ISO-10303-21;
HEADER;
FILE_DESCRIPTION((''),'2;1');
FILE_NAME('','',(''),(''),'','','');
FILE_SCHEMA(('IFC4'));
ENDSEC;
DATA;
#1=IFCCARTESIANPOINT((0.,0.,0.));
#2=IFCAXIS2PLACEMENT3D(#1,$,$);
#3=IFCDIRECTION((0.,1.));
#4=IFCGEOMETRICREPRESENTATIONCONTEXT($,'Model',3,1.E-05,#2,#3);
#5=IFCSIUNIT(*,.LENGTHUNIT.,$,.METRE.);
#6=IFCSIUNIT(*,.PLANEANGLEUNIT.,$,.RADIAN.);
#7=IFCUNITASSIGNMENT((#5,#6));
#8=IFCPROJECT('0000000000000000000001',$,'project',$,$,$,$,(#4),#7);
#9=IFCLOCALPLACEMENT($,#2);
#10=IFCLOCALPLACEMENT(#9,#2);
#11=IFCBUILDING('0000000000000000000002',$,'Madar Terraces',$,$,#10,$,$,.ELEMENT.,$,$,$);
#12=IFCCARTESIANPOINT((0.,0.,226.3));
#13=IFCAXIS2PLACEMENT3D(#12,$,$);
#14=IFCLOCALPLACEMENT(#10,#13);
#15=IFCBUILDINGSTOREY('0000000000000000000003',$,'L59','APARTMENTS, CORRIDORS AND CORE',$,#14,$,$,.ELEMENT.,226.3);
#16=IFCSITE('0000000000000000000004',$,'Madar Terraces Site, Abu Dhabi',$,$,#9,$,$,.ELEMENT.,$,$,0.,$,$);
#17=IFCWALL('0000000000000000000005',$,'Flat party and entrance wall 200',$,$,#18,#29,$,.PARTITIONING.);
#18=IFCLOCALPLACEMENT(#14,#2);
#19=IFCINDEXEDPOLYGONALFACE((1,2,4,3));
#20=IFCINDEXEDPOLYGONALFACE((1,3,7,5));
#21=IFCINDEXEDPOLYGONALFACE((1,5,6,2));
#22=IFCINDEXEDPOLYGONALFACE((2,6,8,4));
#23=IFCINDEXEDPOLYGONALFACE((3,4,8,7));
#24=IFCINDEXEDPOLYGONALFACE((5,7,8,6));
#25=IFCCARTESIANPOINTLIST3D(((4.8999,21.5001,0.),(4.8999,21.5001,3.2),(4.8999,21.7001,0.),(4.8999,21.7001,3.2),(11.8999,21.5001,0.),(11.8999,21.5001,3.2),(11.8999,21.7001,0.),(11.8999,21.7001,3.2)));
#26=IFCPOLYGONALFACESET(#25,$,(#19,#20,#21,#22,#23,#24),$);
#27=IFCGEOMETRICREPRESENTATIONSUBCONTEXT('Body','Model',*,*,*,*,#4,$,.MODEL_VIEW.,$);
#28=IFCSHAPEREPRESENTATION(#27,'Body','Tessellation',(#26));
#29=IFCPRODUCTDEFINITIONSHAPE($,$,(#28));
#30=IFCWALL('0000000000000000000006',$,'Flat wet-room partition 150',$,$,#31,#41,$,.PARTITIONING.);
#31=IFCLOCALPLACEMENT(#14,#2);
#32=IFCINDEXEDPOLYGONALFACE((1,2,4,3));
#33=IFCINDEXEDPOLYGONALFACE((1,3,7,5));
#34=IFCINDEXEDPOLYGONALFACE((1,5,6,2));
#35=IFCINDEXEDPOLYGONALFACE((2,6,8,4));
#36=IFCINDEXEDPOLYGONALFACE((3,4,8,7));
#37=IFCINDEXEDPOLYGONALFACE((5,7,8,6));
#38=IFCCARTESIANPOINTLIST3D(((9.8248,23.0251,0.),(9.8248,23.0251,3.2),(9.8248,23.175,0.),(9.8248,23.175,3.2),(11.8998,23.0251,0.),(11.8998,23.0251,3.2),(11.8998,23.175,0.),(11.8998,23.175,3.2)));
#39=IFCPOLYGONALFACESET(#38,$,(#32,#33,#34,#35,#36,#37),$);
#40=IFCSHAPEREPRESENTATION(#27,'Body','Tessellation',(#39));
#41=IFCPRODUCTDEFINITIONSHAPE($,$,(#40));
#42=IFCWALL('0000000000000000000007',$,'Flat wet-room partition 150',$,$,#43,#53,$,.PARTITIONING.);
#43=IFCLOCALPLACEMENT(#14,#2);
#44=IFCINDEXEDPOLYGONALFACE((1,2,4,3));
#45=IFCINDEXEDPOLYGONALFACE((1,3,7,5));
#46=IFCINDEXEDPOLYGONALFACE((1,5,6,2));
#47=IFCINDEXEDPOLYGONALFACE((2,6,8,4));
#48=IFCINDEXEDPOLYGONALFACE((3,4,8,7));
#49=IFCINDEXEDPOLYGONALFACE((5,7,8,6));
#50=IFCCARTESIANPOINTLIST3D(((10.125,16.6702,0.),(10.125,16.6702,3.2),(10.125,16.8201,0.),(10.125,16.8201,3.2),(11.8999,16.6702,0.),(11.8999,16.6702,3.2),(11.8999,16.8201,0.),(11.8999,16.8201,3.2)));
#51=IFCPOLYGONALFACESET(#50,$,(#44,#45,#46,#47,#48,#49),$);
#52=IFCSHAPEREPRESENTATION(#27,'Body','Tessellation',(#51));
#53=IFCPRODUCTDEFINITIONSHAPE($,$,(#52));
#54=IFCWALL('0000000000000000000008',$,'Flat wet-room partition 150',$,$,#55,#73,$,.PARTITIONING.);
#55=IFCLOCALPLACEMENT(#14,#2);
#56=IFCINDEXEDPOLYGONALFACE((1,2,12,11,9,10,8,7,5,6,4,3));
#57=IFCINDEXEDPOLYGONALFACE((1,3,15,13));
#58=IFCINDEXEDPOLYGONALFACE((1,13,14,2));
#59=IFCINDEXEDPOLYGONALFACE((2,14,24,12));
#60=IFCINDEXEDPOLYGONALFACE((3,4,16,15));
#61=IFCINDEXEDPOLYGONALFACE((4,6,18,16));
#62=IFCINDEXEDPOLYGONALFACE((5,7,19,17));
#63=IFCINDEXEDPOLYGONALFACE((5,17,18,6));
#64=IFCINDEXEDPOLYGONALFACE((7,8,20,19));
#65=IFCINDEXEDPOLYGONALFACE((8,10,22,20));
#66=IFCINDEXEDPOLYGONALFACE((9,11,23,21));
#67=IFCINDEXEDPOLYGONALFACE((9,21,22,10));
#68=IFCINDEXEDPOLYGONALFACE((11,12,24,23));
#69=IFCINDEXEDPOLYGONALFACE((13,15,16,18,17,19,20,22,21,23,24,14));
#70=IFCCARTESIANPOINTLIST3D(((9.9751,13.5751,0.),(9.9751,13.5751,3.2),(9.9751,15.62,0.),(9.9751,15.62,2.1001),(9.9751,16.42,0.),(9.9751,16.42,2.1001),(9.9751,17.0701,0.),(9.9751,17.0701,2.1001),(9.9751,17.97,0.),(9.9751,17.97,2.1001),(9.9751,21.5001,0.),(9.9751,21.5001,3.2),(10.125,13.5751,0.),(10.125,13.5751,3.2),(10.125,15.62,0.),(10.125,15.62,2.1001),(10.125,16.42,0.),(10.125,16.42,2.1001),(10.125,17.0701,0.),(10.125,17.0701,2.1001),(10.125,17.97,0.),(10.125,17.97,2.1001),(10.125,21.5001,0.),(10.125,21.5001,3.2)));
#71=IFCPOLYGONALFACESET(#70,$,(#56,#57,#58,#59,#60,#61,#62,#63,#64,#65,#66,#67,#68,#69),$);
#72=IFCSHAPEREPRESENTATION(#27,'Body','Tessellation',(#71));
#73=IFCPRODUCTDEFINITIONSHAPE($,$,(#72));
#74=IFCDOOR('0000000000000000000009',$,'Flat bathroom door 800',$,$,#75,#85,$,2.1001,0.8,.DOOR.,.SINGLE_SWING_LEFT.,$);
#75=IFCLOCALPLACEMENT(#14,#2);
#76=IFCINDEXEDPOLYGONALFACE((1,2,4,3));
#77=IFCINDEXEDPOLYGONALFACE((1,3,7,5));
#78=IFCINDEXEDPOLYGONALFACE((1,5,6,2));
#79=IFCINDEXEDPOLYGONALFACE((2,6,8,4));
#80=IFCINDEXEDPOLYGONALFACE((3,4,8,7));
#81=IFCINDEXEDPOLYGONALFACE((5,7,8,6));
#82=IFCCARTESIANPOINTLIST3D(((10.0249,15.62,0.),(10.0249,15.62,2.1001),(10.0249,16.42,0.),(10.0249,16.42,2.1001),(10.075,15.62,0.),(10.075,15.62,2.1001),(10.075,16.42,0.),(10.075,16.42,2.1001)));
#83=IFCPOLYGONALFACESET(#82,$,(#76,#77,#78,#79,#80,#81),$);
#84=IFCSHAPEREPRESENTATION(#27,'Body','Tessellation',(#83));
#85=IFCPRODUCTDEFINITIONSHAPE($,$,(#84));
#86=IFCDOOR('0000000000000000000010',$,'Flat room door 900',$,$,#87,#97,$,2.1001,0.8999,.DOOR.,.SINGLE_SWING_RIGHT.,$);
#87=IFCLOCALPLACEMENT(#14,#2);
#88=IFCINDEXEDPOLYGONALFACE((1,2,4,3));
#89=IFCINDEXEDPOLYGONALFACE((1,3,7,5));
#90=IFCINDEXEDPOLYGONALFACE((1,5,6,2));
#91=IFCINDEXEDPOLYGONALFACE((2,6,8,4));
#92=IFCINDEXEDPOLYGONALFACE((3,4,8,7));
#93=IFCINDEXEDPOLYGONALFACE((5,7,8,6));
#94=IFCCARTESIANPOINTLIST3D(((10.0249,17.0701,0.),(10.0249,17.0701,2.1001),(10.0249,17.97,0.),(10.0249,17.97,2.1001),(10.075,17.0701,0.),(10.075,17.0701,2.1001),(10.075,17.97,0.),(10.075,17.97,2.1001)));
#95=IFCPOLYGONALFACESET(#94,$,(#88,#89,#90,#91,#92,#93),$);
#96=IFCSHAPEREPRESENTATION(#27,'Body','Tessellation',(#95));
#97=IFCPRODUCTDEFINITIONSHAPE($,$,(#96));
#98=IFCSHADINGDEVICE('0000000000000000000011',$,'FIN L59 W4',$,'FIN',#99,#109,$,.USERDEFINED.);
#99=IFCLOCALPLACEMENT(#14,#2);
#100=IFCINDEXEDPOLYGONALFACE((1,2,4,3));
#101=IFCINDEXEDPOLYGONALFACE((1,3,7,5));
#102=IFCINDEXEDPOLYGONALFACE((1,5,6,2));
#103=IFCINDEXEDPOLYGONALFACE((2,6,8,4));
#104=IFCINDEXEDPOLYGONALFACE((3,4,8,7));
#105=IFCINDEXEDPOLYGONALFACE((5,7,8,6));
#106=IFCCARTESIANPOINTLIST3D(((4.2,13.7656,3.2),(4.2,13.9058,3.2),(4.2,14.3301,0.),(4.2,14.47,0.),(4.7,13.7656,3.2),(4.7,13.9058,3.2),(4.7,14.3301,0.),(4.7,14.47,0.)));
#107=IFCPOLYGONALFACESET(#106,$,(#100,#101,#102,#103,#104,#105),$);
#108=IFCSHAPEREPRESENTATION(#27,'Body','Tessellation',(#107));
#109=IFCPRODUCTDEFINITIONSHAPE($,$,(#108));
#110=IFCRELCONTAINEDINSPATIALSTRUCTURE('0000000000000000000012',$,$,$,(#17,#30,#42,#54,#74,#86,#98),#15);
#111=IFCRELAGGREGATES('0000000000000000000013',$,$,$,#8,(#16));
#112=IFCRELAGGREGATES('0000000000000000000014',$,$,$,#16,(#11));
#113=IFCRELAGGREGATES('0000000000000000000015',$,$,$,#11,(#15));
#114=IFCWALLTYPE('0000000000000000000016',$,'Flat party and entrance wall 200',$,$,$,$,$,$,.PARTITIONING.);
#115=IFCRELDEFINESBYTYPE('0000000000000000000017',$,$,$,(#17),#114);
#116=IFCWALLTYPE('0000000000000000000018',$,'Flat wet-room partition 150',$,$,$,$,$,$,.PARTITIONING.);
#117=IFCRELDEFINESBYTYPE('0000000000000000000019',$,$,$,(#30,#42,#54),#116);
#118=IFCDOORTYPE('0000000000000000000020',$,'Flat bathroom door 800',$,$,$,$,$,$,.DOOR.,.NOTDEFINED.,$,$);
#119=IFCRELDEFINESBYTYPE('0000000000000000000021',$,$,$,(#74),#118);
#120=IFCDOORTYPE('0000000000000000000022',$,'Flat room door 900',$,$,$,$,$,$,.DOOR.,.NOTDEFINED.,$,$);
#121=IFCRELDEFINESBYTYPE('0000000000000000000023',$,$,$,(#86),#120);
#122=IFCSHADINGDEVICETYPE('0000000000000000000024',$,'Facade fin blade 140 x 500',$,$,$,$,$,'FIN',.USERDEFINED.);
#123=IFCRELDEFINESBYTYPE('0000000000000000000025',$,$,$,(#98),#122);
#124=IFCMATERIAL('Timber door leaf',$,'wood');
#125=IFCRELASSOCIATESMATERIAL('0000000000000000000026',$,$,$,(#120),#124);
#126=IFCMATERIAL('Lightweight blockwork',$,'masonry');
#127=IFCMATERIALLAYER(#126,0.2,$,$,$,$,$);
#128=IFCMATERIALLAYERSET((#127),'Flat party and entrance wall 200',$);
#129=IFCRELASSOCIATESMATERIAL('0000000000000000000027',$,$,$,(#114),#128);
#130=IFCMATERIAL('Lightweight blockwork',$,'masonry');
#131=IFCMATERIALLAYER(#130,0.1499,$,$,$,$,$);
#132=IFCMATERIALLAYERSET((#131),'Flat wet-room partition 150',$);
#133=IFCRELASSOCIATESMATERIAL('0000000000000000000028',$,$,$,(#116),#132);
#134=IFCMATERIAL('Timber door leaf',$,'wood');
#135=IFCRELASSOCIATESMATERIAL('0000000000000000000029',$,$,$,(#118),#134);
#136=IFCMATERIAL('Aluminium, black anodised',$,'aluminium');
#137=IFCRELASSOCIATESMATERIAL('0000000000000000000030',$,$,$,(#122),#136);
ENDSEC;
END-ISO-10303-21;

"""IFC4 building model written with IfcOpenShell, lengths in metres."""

from ifc_helpers import new_model, si_unit, direction, frame, frame_2d, origin, place, context, subcontext, project, spatial, polyline, rectangle, outline, extrude, material, layer, layer_set, type_object, element, fill, save


model = new_model("IFC4")

# Units and contexts
model_context = context("Model", 3, precision=1e-05, world=origin(), true_north=direction((0.0, 1.0)))
body_context = subcontext(model_context, "Body", "Model", "MODEL_VIEW")
ifc_project = project(units=[si_unit("LENGTHUNIT", "METRE"), si_unit("PLANEANGLEUNIT", "RADIAN")], contexts=[model_context])

# Site, building, storey
site_placement = place(None, origin())
site = spatial("IfcSite", under=ifc_project, at=site_placement, Name="Madar Terraces Site, Abu Dhabi", CompositionType="ELEMENT", RefElevation=0.0)
building_placement = place(site_placement, origin())
building = spatial("IfcBuilding", under=site, at=building_placement, Name="Madar Terraces", CompositionType="ELEMENT")
storey_placement = place(building_placement, frame((0.0, 0.0, 226.3)))
storey = spatial("IfcBuildingStorey", under=building, at=storey_placement, Name="L59", Description="APARTMENTS, CORRIDORS AND CORE", CompositionType="ELEMENT", Elevation=226.3)

# Shared definitions
ifc_material_1 = material(Name="Timber door leaf", Category="wood")
door_type_1 = type_object("IfcDoorType", Name="Flat room door 900", OperationType="NOTDEFINED", PredefinedType="DOOR", material=ifc_material_1)

# Walls
ifc_material_2 = material(Name="Lightweight blockwork", Category="masonry")
ifc_layer_1 = layer(ifc_material_2, 0.2)
ifc_layer_set_1 = layer_set([ifc_layer_1], Name="Flat party and entrance wall 200")
wall_type_1 = type_object("IfcWallType", Name="Flat party and entrance wall 200", PredefinedType="PARTITIONING", material=ifc_layer_set_1)
wall_1_placement = place(storey_placement, frame((4.8999, 21.6001, 0.0), z_axis=(0.0, 0.0, 1.0), x_axis=(1.0, 0.0, 0.0)))
element("IfcWall", 1, at=wall_1_placement, inside=storey, type_object=wall_type_1, Name="Flat party and entrance wall 200", PredefinedType="PARTITIONING", context=body_context, shape_type="SweptSolid", body=[
    extrude(rectangle(XDim=7.0, YDim=0.2, at=frame_2d((3.5, 0.0))), origin(), (0.0, 0.0, 1.0), 3.2),
])
ifc_material_3 = material(Name="Lightweight blockwork", Category="masonry")
ifc_layer_2 = layer(ifc_material_3, 0.1499)
ifc_layer_set_2 = layer_set([ifc_layer_2], Name="Flat wet-room partition 150")
wall_type_2 = type_object("IfcWallType", Name="Flat wet-room partition 150", PredefinedType="PARTITIONING", material=ifc_layer_set_2)
wall_2_placement = place(storey_placement, frame((11.8999, 23.1001, 0.0), z_axis=(0.0, 0.0, 1.0), x_axis=(-1.0, 0.0, 0.0)))
element("IfcWall", 2, at=wall_2_placement, inside=storey, type_object=wall_type_2, Name="Flat wet-room partition 150", PredefinedType="PARTITIONING", context=body_context, shape_type="SweptSolid", body=[
    extrude(rectangle(XDim=2.075, YDim=0.1499, at=frame_2d((1.0376, 0.0))), origin(), (0.0, 0.0, 1.0), 3.2),
])
wall_3_placement = place(storey_placement, frame((11.8999, 16.7451, 0.0), z_axis=(0.0, 0.0, 1.0), x_axis=(-1.0, 0.0, 0.0)))
element("IfcWall", 3, at=wall_3_placement, inside=storey, type_object=wall_type_2, Name="Flat wet-room partition 150", PredefinedType="PARTITIONING", context=body_context, shape_type="SweptSolid", body=[
    extrude(rectangle(XDim=1.7749, YDim=0.1499, at=frame_2d((0.8875, 0.0))), origin(), (0.0, 0.0, 1.0), 3.2),
])

# Wall, openings, doors
wall_4_placement = place(storey_placement, frame((10.05, 21.5, 0.0), z_axis=(0.0, 0.0, 1.0), x_axis=(0.0, -1.0, 0.0)))
wall_4 = element("IfcWall", 4, at=wall_4_placement, inside=storey, type_object=wall_type_2, Name="Flat wet-room partition 150", PredefinedType="PARTITIONING", context=body_context, shape_type="SweptSolid", body=[
    extrude(rectangle(XDim=7.925, YDim=0.1499, at=frame_2d((3.9624, 0.0))), origin(), (0.0, 0.0, 1.0), 3.2),
])
opening_1_placement = place(wall_4_placement, frame((5.0801, 0.0, 0.0)))
opening_1 = element("IfcOpeningElement", 5, at=opening_1_placement, cuts=wall_4, PredefinedType="OPENING", context=body_context, shape_type="SweptSolid", body=[
    extrude(rectangle(XDim=0.8, YDim=2.1001, at=frame_2d((0.3999, 1.05))), frame((0.0, 0.085, 0.0), z_axis=(0.0, -1.0, 0.0), x_axis=(1.0, 0.0, 0.0)), (0.0, 0.0, 1.0), 0.1699),
])
opening_2_placement = place(wall_4_placement, frame((3.53, 0.0, 0.0)))
opening_2 = element("IfcOpeningElement", 6, at=opening_2_placement, cuts=wall_4, PredefinedType="OPENING", context=body_context, shape_type="SweptSolid", body=[
    extrude(rectangle(XDim=0.8999, YDim=2.1001, at=frame_2d((0.45, 1.05))), frame((0.0, 0.085, 0.0), z_axis=(0.0, -1.0, 0.0), x_axis=(1.0, 0.0, 0.0)), (0.0, 0.0, 1.0), 0.1699),
])
ifc_material_4 = material(Name="Timber door leaf", Category="wood")
door_type_2 = type_object("IfcDoorType", Name="Flat bathroom door 800", OperationType="NOTDEFINED", PredefinedType="DOOR", material=ifc_material_4)
door_1_placement = place(opening_1_placement, origin())
door_1 = element("IfcDoor", 7, at=door_1_placement, inside=storey, type_object=door_type_2, Name="Flat bathroom door 800", OperationType="SINGLE_SWING_LEFT", OverallHeight=2.1001, OverallWidth=0.8, PredefinedType="DOOR", context=body_context, shape_type="SweptSolid", body=[
    extrude(rectangle(XDim=0.8, YDim=2.1001, at=frame_2d((0.3999, 1.05))), frame((0.0, 0.0249, 0.0), z_axis=(0.0, -1.0, 0.0), x_axis=(1.0, 0.0, 0.0)), (0.0, 0.0, 1.0), 0.05),
])
fill(opening_1, door_1)
door_2_placement = place(opening_2_placement, origin())
door_2 = element("IfcDoor", 8, at=door_2_placement, inside=storey, type_object=door_type_1, Name="Flat room door 900", OperationType="SINGLE_SWING_RIGHT", OverallHeight=2.1001, OverallWidth=0.8999, PredefinedType="DOOR", context=body_context, shape_type="SweptSolid", body=[
    extrude(rectangle(XDim=0.8999, YDim=2.1001, at=frame_2d((0.45, 1.05))), frame((0.0, 0.0249, 0.0), z_axis=(0.0, -1.0, 0.0), x_axis=(1.0, 0.0, 0.0)), (0.0, 0.0, 1.0), 0.05),
])
fill(opening_2, door_2)

# Shading device
ifc_material_5 = material(Name="Aluminium, black anodised", Category="aluminium")
shading_device_type = type_object("IfcShadingDeviceType", Name="Facade fin blade 140 x 500", ElementType="FIN", PredefinedType="USERDEFINED", material=ifc_material_5)
shading_device_placement = place(storey_placement, frame((4.45, 14.47, 0.0), z_axis=(0.0, 0.0, 1.0), x_axis=(0.0, -1.0, 0.0)))
element("IfcShadingDevice", 9, at=shading_device_placement, inside=storey, type_object=shading_device_type, Name="FIN L59 W4", ObjectType="FIN", PredefinedType="USERDEFINED", context=body_context, shape_type="SweptSolid", body=[
    extrude(outline(polyline([(0.0, 0.0), (0.1399, 0.0), (0.7043, 3.2), (0.5642, 3.2), (0.0, 0.0)])), frame((0.0, 0.25, 0.0), z_axis=(0.0, -1.0, 0.0), x_axis=(1.0, 0.0, 0.0)), (0.0, 0.0, 1.0), 0.5),
])

save(model, "model.ifc")
